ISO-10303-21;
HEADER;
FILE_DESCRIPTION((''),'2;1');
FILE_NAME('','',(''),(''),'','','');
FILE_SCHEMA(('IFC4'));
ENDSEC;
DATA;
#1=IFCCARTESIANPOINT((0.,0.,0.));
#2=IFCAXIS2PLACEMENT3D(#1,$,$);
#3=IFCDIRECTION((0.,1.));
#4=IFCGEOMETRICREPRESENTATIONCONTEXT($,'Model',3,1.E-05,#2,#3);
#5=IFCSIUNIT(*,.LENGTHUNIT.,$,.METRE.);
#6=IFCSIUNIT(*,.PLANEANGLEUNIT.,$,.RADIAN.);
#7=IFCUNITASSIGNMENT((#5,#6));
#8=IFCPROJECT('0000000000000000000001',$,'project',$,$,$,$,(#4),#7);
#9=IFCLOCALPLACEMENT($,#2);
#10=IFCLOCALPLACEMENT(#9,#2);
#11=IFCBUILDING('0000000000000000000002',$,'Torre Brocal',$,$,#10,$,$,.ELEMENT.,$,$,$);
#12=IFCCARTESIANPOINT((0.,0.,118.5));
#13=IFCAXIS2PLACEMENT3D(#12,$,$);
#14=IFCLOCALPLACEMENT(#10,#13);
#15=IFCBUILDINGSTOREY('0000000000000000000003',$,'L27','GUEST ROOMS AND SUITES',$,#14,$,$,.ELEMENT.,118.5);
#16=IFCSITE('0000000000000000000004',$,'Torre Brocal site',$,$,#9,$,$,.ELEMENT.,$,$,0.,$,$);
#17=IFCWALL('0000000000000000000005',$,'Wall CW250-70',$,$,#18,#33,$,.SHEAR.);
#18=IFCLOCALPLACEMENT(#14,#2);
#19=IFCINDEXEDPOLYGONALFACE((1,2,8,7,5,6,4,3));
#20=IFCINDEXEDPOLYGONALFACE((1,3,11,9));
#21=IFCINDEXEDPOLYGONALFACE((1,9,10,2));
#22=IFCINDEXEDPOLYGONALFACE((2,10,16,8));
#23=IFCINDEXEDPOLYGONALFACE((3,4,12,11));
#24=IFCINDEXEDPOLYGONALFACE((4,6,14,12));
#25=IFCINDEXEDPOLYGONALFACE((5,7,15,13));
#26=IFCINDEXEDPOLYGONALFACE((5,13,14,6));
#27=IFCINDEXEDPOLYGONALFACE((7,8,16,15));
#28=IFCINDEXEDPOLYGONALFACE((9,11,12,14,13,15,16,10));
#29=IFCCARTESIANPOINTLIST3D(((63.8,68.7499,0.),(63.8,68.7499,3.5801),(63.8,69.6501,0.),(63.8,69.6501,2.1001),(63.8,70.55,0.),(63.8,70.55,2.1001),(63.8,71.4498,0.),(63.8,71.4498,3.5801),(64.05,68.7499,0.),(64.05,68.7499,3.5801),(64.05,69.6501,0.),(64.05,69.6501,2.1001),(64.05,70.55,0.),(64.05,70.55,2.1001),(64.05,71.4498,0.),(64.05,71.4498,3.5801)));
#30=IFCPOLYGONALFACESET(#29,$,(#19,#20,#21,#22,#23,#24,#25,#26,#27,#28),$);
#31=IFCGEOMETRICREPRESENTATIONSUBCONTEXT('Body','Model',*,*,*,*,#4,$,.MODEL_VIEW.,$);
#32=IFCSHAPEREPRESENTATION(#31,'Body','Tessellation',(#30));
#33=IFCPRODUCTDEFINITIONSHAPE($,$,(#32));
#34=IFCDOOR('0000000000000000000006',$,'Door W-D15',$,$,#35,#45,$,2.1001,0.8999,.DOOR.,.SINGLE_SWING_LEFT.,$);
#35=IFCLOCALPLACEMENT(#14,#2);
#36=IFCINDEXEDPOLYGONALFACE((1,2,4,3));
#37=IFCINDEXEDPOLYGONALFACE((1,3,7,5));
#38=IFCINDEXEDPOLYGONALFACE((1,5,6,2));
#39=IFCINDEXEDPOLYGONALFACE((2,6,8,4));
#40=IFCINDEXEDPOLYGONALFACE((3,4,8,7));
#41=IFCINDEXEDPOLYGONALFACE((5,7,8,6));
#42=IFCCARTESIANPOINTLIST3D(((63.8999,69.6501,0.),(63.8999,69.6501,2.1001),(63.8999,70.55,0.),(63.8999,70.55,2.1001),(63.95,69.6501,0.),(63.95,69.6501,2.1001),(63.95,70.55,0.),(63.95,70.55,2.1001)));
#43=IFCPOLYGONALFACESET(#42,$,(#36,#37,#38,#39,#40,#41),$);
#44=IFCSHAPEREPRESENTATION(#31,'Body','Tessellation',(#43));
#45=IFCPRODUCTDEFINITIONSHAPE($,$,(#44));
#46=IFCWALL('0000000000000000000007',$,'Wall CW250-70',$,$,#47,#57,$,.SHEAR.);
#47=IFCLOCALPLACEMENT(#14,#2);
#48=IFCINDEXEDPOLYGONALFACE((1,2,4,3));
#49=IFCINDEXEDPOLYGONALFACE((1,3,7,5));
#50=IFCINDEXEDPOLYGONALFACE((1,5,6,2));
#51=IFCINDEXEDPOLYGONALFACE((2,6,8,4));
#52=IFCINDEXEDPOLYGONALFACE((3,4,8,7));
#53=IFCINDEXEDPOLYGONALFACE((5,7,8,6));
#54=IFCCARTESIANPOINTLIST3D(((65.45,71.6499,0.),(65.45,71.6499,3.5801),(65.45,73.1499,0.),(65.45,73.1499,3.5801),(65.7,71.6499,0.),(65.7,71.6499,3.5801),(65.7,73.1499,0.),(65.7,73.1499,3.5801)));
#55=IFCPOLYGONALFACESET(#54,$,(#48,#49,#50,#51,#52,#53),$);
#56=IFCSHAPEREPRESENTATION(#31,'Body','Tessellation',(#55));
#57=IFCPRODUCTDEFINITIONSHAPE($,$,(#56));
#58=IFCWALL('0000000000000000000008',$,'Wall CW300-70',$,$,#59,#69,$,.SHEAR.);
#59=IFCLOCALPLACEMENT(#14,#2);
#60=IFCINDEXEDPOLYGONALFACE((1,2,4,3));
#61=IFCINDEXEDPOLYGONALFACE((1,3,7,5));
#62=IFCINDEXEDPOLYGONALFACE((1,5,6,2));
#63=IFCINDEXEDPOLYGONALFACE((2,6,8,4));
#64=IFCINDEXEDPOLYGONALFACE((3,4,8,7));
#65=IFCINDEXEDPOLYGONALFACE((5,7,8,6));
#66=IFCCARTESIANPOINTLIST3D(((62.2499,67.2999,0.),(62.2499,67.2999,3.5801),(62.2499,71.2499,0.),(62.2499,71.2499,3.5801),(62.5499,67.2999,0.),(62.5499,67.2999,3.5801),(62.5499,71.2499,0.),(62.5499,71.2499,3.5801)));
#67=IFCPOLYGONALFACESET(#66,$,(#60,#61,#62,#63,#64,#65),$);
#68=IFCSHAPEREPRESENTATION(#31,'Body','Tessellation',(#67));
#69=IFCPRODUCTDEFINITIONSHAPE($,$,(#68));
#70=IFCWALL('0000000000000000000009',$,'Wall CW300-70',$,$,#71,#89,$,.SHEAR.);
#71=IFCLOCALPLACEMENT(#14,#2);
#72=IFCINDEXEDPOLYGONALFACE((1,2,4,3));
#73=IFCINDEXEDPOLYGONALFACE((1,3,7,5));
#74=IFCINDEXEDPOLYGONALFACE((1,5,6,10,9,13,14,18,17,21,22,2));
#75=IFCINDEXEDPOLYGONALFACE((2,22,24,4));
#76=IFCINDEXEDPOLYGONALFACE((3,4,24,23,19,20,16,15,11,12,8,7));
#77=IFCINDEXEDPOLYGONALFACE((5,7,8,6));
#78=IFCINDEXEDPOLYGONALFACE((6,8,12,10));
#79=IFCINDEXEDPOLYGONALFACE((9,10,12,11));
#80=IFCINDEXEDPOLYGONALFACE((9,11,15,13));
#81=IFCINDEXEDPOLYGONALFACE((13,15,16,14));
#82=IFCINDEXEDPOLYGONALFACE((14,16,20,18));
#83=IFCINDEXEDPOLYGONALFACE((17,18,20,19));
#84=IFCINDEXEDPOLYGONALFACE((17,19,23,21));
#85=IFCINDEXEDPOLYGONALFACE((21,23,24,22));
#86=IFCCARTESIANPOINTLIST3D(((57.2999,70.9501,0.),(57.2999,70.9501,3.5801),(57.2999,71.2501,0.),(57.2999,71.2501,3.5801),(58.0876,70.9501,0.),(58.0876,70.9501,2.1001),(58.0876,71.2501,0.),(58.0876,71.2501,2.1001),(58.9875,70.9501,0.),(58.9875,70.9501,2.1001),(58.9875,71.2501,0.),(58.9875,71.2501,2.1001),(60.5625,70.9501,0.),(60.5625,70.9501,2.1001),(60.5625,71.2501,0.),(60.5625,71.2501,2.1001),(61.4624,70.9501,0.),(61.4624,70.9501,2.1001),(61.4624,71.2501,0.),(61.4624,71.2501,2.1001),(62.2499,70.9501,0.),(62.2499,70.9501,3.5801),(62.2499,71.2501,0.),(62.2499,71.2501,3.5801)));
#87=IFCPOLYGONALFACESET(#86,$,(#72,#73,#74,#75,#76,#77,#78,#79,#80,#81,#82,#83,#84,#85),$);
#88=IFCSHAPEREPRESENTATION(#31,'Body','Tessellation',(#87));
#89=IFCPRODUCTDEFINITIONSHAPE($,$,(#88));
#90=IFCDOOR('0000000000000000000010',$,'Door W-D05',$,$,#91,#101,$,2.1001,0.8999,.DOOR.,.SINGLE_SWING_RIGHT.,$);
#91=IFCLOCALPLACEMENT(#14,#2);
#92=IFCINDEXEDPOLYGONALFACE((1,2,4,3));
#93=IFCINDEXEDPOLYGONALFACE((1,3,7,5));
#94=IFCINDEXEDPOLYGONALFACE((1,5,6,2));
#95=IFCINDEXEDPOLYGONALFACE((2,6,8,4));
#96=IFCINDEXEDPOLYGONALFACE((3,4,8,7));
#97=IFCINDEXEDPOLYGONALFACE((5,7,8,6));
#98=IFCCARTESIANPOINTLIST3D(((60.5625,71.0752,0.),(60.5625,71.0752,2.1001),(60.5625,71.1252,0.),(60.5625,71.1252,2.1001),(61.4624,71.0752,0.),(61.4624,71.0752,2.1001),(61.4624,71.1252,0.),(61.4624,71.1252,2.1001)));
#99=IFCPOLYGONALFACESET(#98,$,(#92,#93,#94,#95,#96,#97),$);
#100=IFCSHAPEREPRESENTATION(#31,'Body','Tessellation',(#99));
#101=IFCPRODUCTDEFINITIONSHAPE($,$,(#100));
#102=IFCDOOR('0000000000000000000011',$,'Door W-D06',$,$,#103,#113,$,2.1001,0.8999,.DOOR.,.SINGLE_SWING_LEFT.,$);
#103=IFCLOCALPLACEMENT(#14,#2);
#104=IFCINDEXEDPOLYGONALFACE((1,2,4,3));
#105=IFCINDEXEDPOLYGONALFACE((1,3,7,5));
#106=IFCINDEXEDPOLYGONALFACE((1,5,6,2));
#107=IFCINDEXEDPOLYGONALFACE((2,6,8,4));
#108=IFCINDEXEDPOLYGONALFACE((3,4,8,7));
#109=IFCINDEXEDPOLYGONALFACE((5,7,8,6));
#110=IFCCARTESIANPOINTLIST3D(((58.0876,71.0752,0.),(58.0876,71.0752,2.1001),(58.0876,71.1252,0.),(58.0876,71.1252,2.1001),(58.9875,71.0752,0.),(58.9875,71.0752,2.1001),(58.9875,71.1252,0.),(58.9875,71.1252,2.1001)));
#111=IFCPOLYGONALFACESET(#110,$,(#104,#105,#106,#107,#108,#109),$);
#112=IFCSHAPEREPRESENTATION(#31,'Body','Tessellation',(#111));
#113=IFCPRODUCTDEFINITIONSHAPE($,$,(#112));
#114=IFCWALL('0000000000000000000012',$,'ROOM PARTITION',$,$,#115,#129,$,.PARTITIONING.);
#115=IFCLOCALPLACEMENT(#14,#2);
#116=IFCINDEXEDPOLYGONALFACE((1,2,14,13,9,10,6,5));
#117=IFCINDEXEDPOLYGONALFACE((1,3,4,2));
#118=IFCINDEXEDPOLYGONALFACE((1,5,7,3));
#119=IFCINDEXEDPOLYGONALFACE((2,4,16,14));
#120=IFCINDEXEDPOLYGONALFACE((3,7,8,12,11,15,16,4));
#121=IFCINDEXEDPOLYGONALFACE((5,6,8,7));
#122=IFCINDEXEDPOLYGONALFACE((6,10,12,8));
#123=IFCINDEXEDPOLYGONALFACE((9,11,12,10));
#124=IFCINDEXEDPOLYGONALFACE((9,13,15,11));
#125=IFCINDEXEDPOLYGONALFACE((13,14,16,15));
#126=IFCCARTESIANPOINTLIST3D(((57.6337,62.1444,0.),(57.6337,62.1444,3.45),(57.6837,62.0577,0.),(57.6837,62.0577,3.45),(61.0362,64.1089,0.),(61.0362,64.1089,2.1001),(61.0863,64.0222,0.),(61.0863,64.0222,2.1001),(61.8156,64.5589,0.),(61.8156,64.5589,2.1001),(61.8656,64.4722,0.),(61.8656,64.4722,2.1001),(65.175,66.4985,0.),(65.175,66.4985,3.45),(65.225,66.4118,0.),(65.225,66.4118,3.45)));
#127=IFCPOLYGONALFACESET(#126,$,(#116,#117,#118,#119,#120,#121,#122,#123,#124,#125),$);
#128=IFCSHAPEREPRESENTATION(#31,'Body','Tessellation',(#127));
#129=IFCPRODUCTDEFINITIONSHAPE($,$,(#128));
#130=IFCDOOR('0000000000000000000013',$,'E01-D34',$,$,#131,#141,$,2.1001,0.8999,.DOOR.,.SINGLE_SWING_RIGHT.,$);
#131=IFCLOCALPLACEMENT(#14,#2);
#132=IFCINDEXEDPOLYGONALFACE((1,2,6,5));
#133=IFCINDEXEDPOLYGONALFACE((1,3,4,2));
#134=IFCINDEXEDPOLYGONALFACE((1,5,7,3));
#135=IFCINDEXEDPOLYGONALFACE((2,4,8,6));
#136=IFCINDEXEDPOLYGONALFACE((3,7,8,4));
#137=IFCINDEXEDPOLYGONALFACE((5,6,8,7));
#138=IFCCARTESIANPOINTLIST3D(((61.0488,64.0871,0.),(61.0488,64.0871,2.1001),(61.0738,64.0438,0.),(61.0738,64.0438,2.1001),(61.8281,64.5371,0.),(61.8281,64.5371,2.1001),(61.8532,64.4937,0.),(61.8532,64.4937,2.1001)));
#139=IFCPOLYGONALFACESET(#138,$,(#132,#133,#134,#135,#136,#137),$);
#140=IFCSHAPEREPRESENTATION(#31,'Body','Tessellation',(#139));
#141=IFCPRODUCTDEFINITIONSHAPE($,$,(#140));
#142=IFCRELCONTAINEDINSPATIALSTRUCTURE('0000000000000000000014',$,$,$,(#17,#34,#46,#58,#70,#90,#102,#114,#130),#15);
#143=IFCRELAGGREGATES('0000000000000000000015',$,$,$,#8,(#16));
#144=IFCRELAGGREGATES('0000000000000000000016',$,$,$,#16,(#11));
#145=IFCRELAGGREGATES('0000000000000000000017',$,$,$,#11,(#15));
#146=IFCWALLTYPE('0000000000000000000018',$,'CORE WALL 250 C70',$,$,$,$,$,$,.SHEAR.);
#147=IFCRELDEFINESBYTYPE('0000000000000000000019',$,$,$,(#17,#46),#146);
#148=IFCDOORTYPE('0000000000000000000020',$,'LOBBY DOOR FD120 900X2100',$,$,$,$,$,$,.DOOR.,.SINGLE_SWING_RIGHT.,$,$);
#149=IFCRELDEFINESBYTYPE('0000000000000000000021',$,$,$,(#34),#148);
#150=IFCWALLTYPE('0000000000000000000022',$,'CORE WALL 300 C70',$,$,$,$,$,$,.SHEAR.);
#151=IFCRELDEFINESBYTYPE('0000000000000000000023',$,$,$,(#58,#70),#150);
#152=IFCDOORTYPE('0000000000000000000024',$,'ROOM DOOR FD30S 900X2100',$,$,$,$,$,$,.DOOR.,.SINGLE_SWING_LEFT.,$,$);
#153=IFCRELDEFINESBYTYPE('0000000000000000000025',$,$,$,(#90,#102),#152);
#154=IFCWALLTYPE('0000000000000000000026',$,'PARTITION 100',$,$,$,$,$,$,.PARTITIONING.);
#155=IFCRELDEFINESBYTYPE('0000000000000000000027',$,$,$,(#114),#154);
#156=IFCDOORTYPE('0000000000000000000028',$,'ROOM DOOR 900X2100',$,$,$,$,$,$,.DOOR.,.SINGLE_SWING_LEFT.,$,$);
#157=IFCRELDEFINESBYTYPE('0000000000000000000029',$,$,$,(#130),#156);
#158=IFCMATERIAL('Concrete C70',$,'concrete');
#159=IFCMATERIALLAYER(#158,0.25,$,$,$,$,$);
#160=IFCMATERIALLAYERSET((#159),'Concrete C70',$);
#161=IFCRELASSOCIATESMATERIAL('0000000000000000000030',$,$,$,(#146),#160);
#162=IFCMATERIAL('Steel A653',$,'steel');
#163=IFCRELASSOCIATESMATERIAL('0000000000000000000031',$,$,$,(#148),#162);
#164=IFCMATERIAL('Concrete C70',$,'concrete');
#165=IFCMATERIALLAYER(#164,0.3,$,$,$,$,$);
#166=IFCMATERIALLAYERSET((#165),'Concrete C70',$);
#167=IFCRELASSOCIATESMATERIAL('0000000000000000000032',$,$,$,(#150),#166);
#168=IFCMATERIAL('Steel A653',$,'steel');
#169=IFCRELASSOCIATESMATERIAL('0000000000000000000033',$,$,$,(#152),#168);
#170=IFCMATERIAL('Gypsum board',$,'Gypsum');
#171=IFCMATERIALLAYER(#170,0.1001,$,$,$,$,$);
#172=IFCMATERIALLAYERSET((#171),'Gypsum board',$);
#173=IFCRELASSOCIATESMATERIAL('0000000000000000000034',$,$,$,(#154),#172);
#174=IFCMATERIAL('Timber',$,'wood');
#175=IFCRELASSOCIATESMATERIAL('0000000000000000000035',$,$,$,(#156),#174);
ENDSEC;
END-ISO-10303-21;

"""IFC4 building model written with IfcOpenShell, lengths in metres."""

from ifc_helpers import new_model, si_unit, direction, frame, frame_2d, origin, place, context, subcontext, project, spatial, rectangle, extrude, material, layer, layer_set, type_object, element, fill, save


model = new_model("IFC4")

# Units and contexts
model_context = context("Model", 3, precision=1e-05, world=origin(), true_north=direction((0.0, 1.0)))
body_context = subcontext(model_context, "Body", "Model", "MODEL_VIEW")
ifc_project = project(units=[si_unit("LENGTHUNIT", "METRE"), si_unit("PLANEANGLEUNIT", "RADIAN")], contexts=[model_context])

# Site, building, storey
site_placement = place(None, origin())
site = spatial("IfcSite", under=ifc_project, at=site_placement, Name="Torre Brocal site", CompositionType="ELEMENT", RefElevation=0.0)
building_placement = place(site_placement, origin())
building = spatial("IfcBuilding", under=site, at=building_placement, Name="Torre Brocal", CompositionType="ELEMENT")
storey_placement = place(building_placement, frame((0.0, 0.0, 118.5)))
storey = spatial("IfcBuildingStorey", under=building, at=storey_placement, Name="L27", Description="GUEST ROOMS AND SUITES", CompositionType="ELEMENT", Elevation=118.5)

# Wall, opening, door
ifc_material_1 = material(Name="Concrete C70", Category="concrete")
ifc_layer_1 = layer(ifc_material_1, 0.25)
ifc_layer_set_1 = layer_set([ifc_layer_1], Name="Concrete C70")
wall_type_1 = type_object("IfcWallType", Name="CORE WALL 250 C70", PredefinedType="SHEAR", material=ifc_layer_set_1)
wall_1_placement = place(storey_placement, frame((63.925, 71.45, 0.0), z_axis=(0.0, 0.0, 1.0), x_axis=(0.0, -1.0, 0.0)))
wall_1 = element("IfcWall", 1, at=wall_1_placement, inside=storey, type_object=wall_type_1, Name="Wall CW250-70", PredefinedType="SHEAR", context=body_context, shape_type="SweptSolid", body=[
    extrude(rectangle(XDim=2.7, YDim=0.25, at=frame_2d((1.3501, 0.0))), origin(), (0.0, 0.0, 1.0), 3.5801),
])
opening_1_placement = place(wall_1_placement, frame((0.8999, 0.0, 0.0)))
opening_1 = element("IfcOpeningElement", 2, at=opening_1_placement, cuts=wall_1, PredefinedType="OPENING", context=body_context, shape_type="SweptSolid", body=[
    extrude(rectangle(XDim=0.8999, YDim=2.1001, at=frame_2d((0.45, 1.05))), frame((0.0, 0.135, 0.0), z_axis=(0.0, -1.0, 0.0), x_axis=(1.0, 0.0, 0.0)), (0.0, 0.0, 1.0), 0.27),
])
ifc_material_2 = material(Name="Steel A653", Category="steel")
door_type_1 = type_object("IfcDoorType", Name="LOBBY DOOR FD120 900X2100", OperationType="SINGLE_SWING_RIGHT", PredefinedType="DOOR", material=ifc_material_2)
door_1_placement = place(opening_1_placement, origin())
door_1 = element("IfcDoor", 3, at=door_1_placement, inside=storey, type_object=door_type_1, Name="Door W-D15", OperationType="SINGLE_SWING_LEFT", OverallHeight=2.1001, OverallWidth=0.8999, PredefinedType="DOOR", context=body_context, shape_type="SweptSolid", body=[
    extrude(rectangle(XDim=0.8999, YDim=2.1001, at=frame_2d((0.45, 1.05))), frame((0.0, 0.0249, 0.0), z_axis=(0.0, -1.0, 0.0), x_axis=(1.0, 0.0, 0.0)), (0.0, 0.0, 1.0), 0.05),
])
fill(opening_1, door_1)

# Walls
wall_2_placement = place(storey_placement, frame((65.575, 73.1499, 0.0), z_axis=(0.0, 0.0, 1.0), x_axis=(0.0, -1.0, 0.0)))
element("IfcWall", 4, at=wall_2_placement, inside=storey, type_object=wall_type_1, Name="Wall CW250-70", PredefinedType="SHEAR", context=body_context, shape_type="SweptSolid", body=[
    extrude(rectangle(XDim=1.5, YDim=0.25, at=frame_2d((0.75, 0.0))), origin(), (0.0, 0.0, 1.0), 3.5801),
])
ifc_material_3 = material(Name="Concrete C70", Category="concrete")
ifc_layer_2 = layer(ifc_material_3, 0.3)
ifc_layer_set_2 = layer_set([ifc_layer_2], Name="Concrete C70")
wall_type_2 = type_object("IfcWallType", Name="CORE WALL 300 C70", PredefinedType="SHEAR", material=ifc_layer_set_2)
wall_3_placement = place(storey_placement, frame((62.3999, 71.25, 0.0), z_axis=(0.0, 0.0, 1.0), x_axis=(0.0, -1.0, 0.0)))
element("IfcWall", 5, at=wall_3_placement, inside=storey, type_object=wall_type_2, Name="Wall CW300-70", PredefinedType="SHEAR", context=body_context, shape_type="SweptSolid", body=[
    extrude(rectangle(XDim=3.95, YDim=0.3, at=frame_2d((1.9751, 0.0))), origin(), (0.0, 0.0, 1.0), 3.5801),
])

# Wall, openings, doors
wall_4_placement = place(storey_placement, frame((62.25, 71.1001, 0.0), z_axis=(0.0, 0.0, 1.0), x_axis=(-1.0, 0.0, 0.0)))
wall_4 = element("IfcWall", 6, at=wall_4_placement, inside=storey, type_object=wall_type_2, Name="Wall CW300-70", PredefinedType="SHEAR", context=body_context, shape_type="SweptSolid", body=[
    extrude(rectangle(XDim=4.95, YDim=0.3, at=frame_2d((2.4751, 0.0))), origin(), (0.0, 0.0, 1.0), 3.5801),
])
opening_2_placement = place(wall_4_placement, frame((0.7876, 0.0, 0.0)))
opening_2 = element("IfcOpeningElement", 7, at=opening_2_placement, cuts=wall_4, PredefinedType="OPENING", context=body_context, shape_type="SweptSolid", body=[
    extrude(rectangle(XDim=0.8999, YDim=2.1001, at=frame_2d((0.45, 1.05))), frame((0.0, 0.1599, 0.0), z_axis=(0.0, -1.0, 0.0), x_axis=(1.0, 0.0, 0.0)), (0.0, 0.0, 1.0), 0.3201),
])
opening_3_placement = place(wall_4_placement, frame((3.2625, 0.0, 0.0)))
opening_3 = element("IfcOpeningElement", 8, at=opening_3_placement, cuts=wall_4, PredefinedType="OPENING", context=body_context, shape_type="SweptSolid", body=[
    extrude(rectangle(XDim=0.8999, YDim=2.1001, at=frame_2d((0.45, 1.05))), frame((0.0, 0.1599, 0.0), z_axis=(0.0, -1.0, 0.0), x_axis=(1.0, 0.0, 0.0)), (0.0, 0.0, 1.0), 0.3201),
])
ifc_material_4 = material(Name="Steel A653", Category="steel")
door_type_2 = type_object("IfcDoorType", Name="ROOM DOOR FD30S 900X2100", OperationType="SINGLE_SWING_LEFT", PredefinedType="DOOR", material=ifc_material_4)
door_2_placement = place(opening_2_placement, origin())
door_2 = element("IfcDoor", 9, at=door_2_placement, inside=storey, type_object=door_type_2, Name="Door W-D05", OperationType="SINGLE_SWING_RIGHT", OverallHeight=2.1001, OverallWidth=0.8999, PredefinedType="DOOR", context=body_context, shape_type="SweptSolid", body=[
    extrude(rectangle(XDim=0.8999, YDim=2.1001, at=frame_2d((0.45, 1.05))), frame((0.0, 0.0249, 0.0), z_axis=(0.0, -1.0, 0.0), x_axis=(1.0, 0.0, 0.0)), (0.0, 0.0, 1.0), 0.05),
])
fill(opening_2, door_2)
door_3_placement = place(opening_3_placement, origin())
door_3 = element("IfcDoor", 10, at=door_3_placement, inside=storey, type_object=door_type_2, Name="Door W-D06", OperationType="SINGLE_SWING_LEFT", OverallHeight=2.1001, OverallWidth=0.8999, PredefinedType="DOOR", context=body_context, shape_type="SweptSolid", body=[
    extrude(rectangle(XDim=0.8999, YDim=2.1001, at=frame_2d((0.45, 1.05))), frame((0.0, 0.0249, 0.0), z_axis=(0.0, -1.0, 0.0), x_axis=(1.0, 0.0, 0.0)), (0.0, 0.0, 1.0), 0.05),
])
fill(opening_3, door_3)

# Wall, opening, door
ifc_material_5 = material(Name="Gypsum board", Category="Gypsum")
ifc_layer_3 = layer(ifc_material_5, 0.1001)
ifc_layer_set_3 = layer_set([ifc_layer_3], Name="Gypsum board")
wall_type_3 = type_object("IfcWallType", Name="PARTITION 100", PredefinedType="PARTITIONING", material=ifc_layer_set_3)
wall_5_placement = place(storey_placement, frame((57.6587, 62.1011, 0.0), z_axis=(0.0, 0.0, 1.0), x_axis=(0.866023, 0.500005, 0.0)))
wall_5 = element("IfcWall", 11, at=wall_5_placement, inside=storey, type_object=wall_type_3, Name="ROOM PARTITION", PredefinedType="PARTITIONING", context=body_context, shape_type="SweptSolid", body=[
    extrude(rectangle(XDim=8.708, YDim=0.1001, at=frame_2d((4.354, 0.0))), origin(), (0.0, 0.0, 1.0), 3.45),
])
opening_4_placement = place(wall_5_placement, frame((3.929, 0.0, 0.0)))
opening_4 = element("IfcOpeningElement", 12, at=opening_4_placement, cuts=wall_5, PredefinedType="OPENING", context=body_context, shape_type="SweptSolid", body=[
    extrude(rectangle(XDim=0.8999, YDim=2.1001, at=frame_2d((0.45, 1.05))), frame((0.0, 0.0601, 0.0), z_axis=(0.0, -1.0, 0.0), x_axis=(1.0, 0.0, 0.0)), (0.0, 0.0, 1.0), 0.1201),
])
ifc_material_6 = material(Name="Timber", Category="wood")
door_type_3 = type_object("IfcDoorType", Name="ROOM DOOR 900X2100", OperationType="SINGLE_SWING_LEFT", PredefinedType="DOOR", material=ifc_material_6)
door_4_placement = place(opening_4_placement, origin())
door_4 = element("IfcDoor", 13, at=door_4_placement, inside=storey, type_object=door_type_3, Name="E01-D34", OperationType="SINGLE_SWING_RIGHT", OverallHeight=2.1001, OverallWidth=0.8999, PredefinedType="DOOR", context=body_context, shape_type="SweptSolid", body=[
    extrude(rectangle(XDim=0.8999, YDim=2.1001, at=frame_2d((0.45, 1.05))), frame((0.0, 0.0249, 0.0), z_axis=(0.0, -1.0, 0.0), x_axis=(1.0, 0.0, 0.0)), (0.0, 0.0, 1.0), 0.05),
])
fill(opening_4, door_4)

save(model, "model.ifc")
